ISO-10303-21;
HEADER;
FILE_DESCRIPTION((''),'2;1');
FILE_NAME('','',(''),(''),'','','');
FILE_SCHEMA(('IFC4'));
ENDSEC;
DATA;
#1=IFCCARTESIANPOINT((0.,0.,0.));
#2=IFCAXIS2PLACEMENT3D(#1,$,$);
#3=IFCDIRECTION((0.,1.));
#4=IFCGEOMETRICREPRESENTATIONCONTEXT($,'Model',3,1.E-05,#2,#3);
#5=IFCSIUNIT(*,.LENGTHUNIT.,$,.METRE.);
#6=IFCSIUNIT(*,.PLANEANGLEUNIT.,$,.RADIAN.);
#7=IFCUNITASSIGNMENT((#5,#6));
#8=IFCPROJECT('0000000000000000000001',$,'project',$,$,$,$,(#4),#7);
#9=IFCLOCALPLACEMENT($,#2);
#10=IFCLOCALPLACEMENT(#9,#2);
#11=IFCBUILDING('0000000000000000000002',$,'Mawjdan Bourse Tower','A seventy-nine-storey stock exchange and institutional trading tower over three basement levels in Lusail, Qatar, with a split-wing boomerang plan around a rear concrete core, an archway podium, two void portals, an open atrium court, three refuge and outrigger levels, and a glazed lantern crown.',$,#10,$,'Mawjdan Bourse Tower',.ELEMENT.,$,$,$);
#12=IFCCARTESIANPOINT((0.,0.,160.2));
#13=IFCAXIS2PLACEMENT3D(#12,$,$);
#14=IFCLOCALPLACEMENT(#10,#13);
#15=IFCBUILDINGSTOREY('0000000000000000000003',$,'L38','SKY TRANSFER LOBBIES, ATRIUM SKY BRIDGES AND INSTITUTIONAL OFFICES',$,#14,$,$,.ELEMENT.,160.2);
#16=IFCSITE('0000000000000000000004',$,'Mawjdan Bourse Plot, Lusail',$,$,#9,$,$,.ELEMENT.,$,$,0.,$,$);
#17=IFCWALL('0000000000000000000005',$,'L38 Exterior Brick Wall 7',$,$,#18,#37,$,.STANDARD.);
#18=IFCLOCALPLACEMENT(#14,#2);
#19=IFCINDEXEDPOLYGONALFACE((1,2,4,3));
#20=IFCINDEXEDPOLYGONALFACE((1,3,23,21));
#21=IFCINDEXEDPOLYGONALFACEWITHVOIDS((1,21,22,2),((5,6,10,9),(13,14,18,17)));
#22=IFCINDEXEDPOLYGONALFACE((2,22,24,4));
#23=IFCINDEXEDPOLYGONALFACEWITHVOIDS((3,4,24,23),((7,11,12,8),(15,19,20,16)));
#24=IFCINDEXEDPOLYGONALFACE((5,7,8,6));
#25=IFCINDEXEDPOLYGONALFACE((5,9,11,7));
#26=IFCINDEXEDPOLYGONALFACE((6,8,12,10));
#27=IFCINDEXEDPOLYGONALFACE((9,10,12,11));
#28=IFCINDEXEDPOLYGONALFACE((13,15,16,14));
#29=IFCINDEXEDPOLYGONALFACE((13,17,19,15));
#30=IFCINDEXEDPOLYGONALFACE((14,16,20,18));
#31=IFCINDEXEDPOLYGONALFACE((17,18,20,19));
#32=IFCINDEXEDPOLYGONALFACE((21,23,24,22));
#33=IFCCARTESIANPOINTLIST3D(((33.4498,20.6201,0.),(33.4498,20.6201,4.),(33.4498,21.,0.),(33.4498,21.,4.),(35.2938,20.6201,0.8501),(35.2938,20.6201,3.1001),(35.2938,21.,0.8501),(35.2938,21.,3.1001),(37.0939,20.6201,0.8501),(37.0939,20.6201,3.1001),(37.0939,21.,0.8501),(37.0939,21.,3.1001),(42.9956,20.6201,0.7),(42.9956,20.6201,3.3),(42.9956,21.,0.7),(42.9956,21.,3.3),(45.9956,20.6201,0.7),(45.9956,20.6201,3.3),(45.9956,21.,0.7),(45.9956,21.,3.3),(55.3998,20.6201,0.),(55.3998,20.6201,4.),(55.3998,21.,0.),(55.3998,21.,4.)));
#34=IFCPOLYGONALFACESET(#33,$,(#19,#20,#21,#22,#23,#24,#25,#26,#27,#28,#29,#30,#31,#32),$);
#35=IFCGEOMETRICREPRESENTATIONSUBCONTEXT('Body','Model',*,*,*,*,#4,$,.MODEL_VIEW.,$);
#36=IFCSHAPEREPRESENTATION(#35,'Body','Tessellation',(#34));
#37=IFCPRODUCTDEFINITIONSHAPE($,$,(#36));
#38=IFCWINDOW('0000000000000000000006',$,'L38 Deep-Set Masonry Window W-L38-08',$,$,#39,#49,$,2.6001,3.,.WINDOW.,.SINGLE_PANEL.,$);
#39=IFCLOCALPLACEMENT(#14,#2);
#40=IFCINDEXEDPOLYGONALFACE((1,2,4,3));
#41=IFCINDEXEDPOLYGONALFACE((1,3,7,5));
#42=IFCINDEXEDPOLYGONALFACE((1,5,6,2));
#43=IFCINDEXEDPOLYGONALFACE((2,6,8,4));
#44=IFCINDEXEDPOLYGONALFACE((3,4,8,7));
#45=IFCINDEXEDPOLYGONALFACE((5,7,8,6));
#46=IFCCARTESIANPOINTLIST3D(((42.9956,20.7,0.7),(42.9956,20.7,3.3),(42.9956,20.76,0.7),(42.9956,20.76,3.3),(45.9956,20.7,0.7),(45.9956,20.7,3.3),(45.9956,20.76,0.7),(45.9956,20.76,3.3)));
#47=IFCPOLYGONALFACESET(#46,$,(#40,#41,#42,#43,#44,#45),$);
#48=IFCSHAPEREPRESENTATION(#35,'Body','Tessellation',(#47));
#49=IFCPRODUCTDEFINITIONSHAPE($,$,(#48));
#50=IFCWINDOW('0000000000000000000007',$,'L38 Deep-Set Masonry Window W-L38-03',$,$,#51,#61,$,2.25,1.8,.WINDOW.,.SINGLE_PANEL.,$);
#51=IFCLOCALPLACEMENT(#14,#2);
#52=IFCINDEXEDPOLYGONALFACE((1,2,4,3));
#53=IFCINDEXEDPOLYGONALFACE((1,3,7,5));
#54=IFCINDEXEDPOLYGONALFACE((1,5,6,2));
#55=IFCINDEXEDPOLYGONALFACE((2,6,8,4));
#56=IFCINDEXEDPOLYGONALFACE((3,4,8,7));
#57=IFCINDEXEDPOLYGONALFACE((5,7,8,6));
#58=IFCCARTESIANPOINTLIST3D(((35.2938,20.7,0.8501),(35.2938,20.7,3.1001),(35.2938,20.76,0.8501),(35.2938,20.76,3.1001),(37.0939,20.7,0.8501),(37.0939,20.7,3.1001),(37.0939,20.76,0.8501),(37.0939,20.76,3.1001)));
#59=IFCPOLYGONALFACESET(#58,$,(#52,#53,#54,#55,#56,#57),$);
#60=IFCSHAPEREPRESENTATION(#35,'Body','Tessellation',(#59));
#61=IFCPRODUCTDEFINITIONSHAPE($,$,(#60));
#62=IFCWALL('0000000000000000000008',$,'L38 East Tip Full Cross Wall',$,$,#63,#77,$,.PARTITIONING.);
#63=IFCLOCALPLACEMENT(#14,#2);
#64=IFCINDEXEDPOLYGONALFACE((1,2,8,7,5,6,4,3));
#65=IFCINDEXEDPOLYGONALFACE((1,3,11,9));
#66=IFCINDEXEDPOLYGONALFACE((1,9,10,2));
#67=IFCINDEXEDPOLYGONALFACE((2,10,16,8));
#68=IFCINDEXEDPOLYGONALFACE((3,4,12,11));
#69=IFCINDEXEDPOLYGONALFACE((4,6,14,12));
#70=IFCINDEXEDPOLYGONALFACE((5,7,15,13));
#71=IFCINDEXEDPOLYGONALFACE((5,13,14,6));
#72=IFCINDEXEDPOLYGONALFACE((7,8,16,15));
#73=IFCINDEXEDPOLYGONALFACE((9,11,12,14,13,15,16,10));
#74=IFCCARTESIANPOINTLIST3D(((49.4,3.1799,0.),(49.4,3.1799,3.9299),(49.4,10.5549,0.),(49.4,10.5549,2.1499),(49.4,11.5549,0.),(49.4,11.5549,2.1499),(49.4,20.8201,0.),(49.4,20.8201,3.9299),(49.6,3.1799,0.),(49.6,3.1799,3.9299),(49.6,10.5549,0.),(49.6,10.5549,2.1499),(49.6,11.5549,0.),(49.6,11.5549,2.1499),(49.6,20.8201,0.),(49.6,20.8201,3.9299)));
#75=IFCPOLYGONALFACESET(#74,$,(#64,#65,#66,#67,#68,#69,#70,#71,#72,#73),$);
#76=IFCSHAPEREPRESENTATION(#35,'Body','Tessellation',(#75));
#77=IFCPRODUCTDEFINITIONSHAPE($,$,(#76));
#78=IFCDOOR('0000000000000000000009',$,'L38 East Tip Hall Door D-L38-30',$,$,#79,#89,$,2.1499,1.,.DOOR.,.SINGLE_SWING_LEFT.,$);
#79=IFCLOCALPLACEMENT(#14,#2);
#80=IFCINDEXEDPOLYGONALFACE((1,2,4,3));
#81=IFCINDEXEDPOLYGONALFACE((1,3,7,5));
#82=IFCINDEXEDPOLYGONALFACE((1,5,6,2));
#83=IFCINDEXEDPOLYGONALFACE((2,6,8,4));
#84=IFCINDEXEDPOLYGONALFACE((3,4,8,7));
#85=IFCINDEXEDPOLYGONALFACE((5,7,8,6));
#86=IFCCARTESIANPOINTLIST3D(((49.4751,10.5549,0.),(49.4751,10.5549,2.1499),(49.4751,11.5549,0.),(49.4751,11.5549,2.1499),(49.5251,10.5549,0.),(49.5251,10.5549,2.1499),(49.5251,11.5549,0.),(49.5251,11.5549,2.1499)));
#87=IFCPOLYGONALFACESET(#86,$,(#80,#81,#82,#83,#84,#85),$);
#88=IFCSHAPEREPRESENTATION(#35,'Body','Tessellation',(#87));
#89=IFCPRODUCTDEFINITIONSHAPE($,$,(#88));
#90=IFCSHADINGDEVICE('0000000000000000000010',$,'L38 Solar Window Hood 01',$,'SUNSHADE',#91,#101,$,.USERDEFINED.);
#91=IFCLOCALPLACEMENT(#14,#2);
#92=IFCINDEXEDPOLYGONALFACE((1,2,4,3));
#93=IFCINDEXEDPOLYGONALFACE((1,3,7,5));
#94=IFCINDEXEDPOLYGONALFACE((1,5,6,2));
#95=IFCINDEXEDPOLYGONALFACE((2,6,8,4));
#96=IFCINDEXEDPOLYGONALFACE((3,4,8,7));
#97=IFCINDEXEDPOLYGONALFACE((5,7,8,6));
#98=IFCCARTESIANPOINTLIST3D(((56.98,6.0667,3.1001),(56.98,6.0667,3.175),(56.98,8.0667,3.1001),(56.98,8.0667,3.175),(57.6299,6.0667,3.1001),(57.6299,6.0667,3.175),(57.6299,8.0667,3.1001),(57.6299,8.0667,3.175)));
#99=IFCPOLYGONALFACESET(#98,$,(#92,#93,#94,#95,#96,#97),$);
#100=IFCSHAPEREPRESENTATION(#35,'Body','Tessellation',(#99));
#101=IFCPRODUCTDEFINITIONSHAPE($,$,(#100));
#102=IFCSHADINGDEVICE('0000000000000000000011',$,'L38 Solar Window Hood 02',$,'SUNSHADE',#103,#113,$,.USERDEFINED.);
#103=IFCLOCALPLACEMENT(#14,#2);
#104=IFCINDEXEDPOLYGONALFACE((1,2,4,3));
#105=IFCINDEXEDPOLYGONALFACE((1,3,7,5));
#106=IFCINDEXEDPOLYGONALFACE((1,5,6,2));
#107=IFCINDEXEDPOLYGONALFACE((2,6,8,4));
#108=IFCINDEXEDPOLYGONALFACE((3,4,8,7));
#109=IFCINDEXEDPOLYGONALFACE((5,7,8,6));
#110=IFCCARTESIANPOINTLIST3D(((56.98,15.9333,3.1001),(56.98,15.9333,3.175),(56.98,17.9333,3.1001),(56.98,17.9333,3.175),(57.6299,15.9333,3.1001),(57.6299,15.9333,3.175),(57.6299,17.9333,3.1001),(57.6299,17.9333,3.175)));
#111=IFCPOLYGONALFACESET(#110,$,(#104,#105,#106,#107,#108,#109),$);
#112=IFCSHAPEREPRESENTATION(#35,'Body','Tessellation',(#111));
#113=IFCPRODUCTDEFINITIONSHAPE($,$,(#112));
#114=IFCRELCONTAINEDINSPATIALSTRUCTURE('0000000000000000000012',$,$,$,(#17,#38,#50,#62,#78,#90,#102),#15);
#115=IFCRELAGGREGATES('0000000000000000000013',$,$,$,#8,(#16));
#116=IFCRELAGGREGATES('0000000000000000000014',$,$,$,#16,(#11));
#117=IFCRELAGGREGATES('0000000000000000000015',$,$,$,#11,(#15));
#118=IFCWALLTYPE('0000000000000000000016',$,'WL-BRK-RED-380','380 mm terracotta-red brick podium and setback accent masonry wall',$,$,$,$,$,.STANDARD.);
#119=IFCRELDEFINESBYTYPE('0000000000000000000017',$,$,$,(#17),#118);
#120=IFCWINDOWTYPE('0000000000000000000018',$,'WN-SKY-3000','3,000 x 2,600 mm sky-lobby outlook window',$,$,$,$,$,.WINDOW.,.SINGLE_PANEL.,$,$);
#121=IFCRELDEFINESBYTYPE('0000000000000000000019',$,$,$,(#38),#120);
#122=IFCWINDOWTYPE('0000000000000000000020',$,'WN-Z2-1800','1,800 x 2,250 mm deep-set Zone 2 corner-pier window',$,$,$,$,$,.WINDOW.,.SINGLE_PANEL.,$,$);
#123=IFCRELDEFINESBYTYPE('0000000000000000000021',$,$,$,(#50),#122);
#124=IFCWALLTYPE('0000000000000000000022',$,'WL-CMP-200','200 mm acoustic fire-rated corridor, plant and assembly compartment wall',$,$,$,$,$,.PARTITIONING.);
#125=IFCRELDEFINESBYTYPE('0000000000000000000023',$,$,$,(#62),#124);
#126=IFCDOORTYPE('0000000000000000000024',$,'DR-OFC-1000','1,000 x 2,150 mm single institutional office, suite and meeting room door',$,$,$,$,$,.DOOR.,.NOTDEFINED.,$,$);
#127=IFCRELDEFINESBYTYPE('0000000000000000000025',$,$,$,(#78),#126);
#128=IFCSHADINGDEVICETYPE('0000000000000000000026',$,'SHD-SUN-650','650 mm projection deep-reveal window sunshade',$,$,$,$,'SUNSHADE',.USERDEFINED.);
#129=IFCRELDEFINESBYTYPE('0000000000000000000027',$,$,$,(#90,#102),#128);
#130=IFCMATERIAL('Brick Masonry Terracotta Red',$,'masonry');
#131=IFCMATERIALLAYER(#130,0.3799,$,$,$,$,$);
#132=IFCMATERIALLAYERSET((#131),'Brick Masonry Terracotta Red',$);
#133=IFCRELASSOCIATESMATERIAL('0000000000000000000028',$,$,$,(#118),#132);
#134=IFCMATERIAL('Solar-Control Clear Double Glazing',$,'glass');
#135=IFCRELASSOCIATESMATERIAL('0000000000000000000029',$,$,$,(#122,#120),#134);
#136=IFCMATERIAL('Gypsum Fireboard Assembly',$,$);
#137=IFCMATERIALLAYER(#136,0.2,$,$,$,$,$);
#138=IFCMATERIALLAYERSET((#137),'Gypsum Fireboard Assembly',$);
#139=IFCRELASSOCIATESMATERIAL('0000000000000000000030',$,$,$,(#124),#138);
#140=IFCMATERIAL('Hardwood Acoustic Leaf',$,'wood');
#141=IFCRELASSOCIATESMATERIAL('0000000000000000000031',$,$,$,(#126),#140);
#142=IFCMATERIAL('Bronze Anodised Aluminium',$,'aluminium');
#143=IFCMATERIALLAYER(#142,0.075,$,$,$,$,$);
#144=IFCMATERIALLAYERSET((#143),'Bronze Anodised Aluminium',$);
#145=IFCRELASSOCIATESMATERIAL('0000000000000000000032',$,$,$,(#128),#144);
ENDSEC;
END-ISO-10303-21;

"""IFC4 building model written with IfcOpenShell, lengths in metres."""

from ifc_helpers import new_model, si_unit, direction, frame, frame_2d, origin, origin_2d, place, context, subcontext, project, spatial, rectangle, extrude, material, layer, layer_set, type_object, element, fill, save


model = new_model("IFC4")

# Units and contexts
model_context = context("Model", 3, precision=1e-05, world=origin(), true_north=direction((0.0, 1.0)))
body_context = subcontext(model_context, "Body", "Model", "MODEL_VIEW")
ifc_project = project(units=[si_unit("LENGTHUNIT", "METRE"), si_unit("PLANEANGLEUNIT", "RADIAN")], contexts=[model_context])

# Site, building, storey
site_placement = place(None, origin())
site = spatial("IfcSite", under=ifc_project, at=site_placement, Name="Mawjdan Bourse Plot, Lusail", CompositionType="ELEMENT", RefElevation=0.0)
building_placement = place(site_placement, origin())
building = spatial("IfcBuilding", under=site, at=building_placement, Name="Mawjdan Bourse Tower", Description="A seventy-nine-storey stock exchange and institutional trading tower over three basement levels in Lusail, Qatar, with a split-wing boomerang plan around a rear concrete core, an archway podium, two void portals, an open atrium court, three refuge and outrigger levels, and a glazed lantern crown.", LongName="Mawjdan Bourse Tower", CompositionType="ELEMENT")
storey_placement = place(building_placement, frame((0.0, 0.0, 160.2)))
storey = spatial("IfcBuildingStorey", under=building, at=storey_placement, Name="L38", Description="SKY TRANSFER LOBBIES, ATRIUM SKY BRIDGES AND INSTITUTIONAL OFFICES", CompositionType="ELEMENT", Elevation=160.2)

# Shared definitions
ifc_material_1 = material(Name="Brick Masonry Terracotta Red", Category="masonry")
ifc_layer_1 = layer(ifc_material_1, 0.3799)
ifc_layer_set_1 = layer_set([ifc_layer_1], Name="Brick Masonry Terracotta Red")
wall_type_1 = type_object("IfcWallType", Name="WL-BRK-RED-380", Description="380 mm terracotta-red brick podium and setback accent masonry wall", PredefinedType="STANDARD", material=ifc_layer_set_1)

# Shared definitions
ifc_material_2 = material(Name="Solar-Control Clear Double Glazing", Category="glass")
window_type_1 = type_object("IfcWindowType", Name="WN-Z2-1800", Description="1,800 x 2,250 mm deep-set Zone 2 corner-pier window", PartitioningType="SINGLE_PANEL", PredefinedType="WINDOW", material=ifc_material_2)

# Wall, openings, windows
wall_1_placement = place(storey_placement, frame((55.3999, 20.8101, 0.0), z_axis=(0.0, 0.0, 1.0), x_axis=(-1.0, 0.0, 0.0)))
wall_1 = element("IfcWall", 1, at=wall_1_placement, inside=storey, type_object=wall_type_1, Name="L38 Exterior Brick Wall 7", PredefinedType="STANDARD", context=body_context, shape_type="SweptSolid", body=[
    extrude(rectangle(XDim=21.95, YDim=0.3799, at=frame_2d((10.9751, 0.0))), origin(), (0.0, 0.0, 1.0), 4.0),
])
opening_1_placement = place(wall_1_placement, frame((18.3062, 0.0, 0.8501)))
opening_1 = element("IfcOpeningElement", 2, at=opening_1_placement, cuts=wall_1, PredefinedType="OPENING", context=body_context, shape_type="SweptSolid", body=[
    extrude(rectangle(XDim=1.8, YDim=2.25, at=frame_2d((0.8999, 1.125))), frame((0.0, 0.2, 0.0), z_axis=(0.0, -1.0, 0.0), x_axis=(1.0, 0.0, 0.0)), (0.0, 0.0, 1.0), 0.3999),
])
opening_2_placement = place(wall_1_placement, frame((9.4043, 0.0, 0.7)))
opening_2 = element("IfcOpeningElement", 3, at=opening_2_placement, cuts=wall_1, PredefinedType="OPENING", context=body_context, shape_type="SweptSolid", body=[
    extrude(rectangle(XDim=3.0, YDim=2.6001, at=frame_2d((1.5, 1.3))), frame((0.0, 0.2, 0.0), z_axis=(0.0, -1.0, 0.0), x_axis=(1.0, 0.0, 0.0)), (0.0, 0.0, 1.0), 0.3999),
])
window_type_2 = type_object("IfcWindowType", Name="WN-SKY-3000", Description="3,000 x 2,600 mm sky-lobby outlook window", PartitioningType="SINGLE_PANEL", PredefinedType="WINDOW", material=ifc_material_2)
window_1_placement = place(opening_2_placement, origin())
window_1 = element("IfcWindow", 4, at=window_1_placement, inside=storey, type_object=window_type_2, Name="L38 Deep-Set Masonry Window W-L38-08", OverallHeight=2.6001, OverallWidth=3.0, PartitioningType="SINGLE_PANEL", PredefinedType="WINDOW", context=body_context, shape_type="SweptSolid", body=[
    extrude(rectangle(XDim=3.0, YDim=2.6001, at=frame_2d((1.5, 1.3))), frame((0.0, 0.1101, 0.0), z_axis=(0.0, -1.0, 0.0), x_axis=(1.0, 0.0, 0.0)), (0.0, 0.0, 1.0), 0.0601),
])
fill(opening_2, window_1)
window_2_placement = place(opening_1_placement, origin())
window_2 = element("IfcWindow", 5, at=window_2_placement, inside=storey, type_object=window_type_1, Name="L38 Deep-Set Masonry Window W-L38-03", OverallHeight=2.25, OverallWidth=1.8, PartitioningType="SINGLE_PANEL", PredefinedType="WINDOW", context=body_context, shape_type="SweptSolid", body=[
    extrude(rectangle(XDim=1.8, YDim=2.25, at=frame_2d((0.8999, 1.125))), frame((0.0, 0.1101, 0.0), z_axis=(0.0, -1.0, 0.0), x_axis=(1.0, 0.0, 0.0)), (0.0, 0.0, 1.0), 0.0601),
])
fill(opening_1, window_2)

# Wall, opening, door
ifc_material_3 = material(Name="Gypsum Fireboard Assembly")
ifc_layer_2 = layer(ifc_material_3, 0.2)
ifc_layer_set_2 = layer_set([ifc_layer_2], Name="Gypsum Fireboard Assembly")
wall_type_2 = type_object("IfcWallType", Name="WL-CMP-200", Description="200 mm acoustic fire-rated corridor, plant and assembly compartment wall", PredefinedType="PARTITIONING", material=ifc_layer_set_2)
wall_2_placement = place(storey_placement, frame((49.5, 3.1799, 0.0), z_axis=(0.0, 0.0, 1.0), x_axis=(0.0, 1.0, 0.0)))
wall_2 = element("IfcWall", 6, at=wall_2_placement, inside=storey, type_object=wall_type_2, Name="L38 East Tip Full Cross Wall", PredefinedType="PARTITIONING", context=body_context, shape_type="SweptSolid", body=[
    extrude(rectangle(XDim=17.6401, YDim=0.2, at=frame_2d((8.8201, 0.0))), origin(), (0.0, 0.0, 1.0), 3.9299),
])
opening_3_placement = place(wall_2_placement, frame((7.375, 0.0, 0.0)))
opening_3 = element("IfcOpeningElement", 7, at=opening_3_placement, cuts=wall_2, PredefinedType="OPENING", context=body_context, shape_type="SweptSolid", body=[
    extrude(rectangle(XDim=1.0, YDim=2.1499, at=frame_2d((0.5, 1.075))), frame((0.0, 0.1099, 0.0), z_axis=(0.0, -1.0, 0.0), x_axis=(1.0, 0.0, 0.0)), (0.0, 0.0, 1.0), 0.22),
])
ifc_material_4 = material(Name="Hardwood Acoustic Leaf", Category="wood")
door_type = type_object("IfcDoorType", Name="DR-OFC-1000", Description="1,000 x 2,150 mm single institutional office, suite and meeting room door", OperationType="NOTDEFINED", PredefinedType="DOOR", material=ifc_material_4)
door_placement = place(opening_3_placement, origin())
door = element("IfcDoor", 8, at=door_placement, inside=storey, type_object=door_type, Name="L38 East Tip Hall Door D-L38-30", OperationType="SINGLE_SWING_LEFT", OverallHeight=2.1499, OverallWidth=1.0, PredefinedType="DOOR", context=body_context, shape_type="SweptSolid", body=[
    extrude(rectangle(XDim=1.0, YDim=2.1499, at=frame_2d((0.5, 1.075))), frame((0.0, 0.0249, 0.0), z_axis=(0.0, -1.0, 0.0), x_axis=(1.0, 0.0, 0.0)), (0.0, 0.0, 1.0), 0.05),
])
fill(opening_3, door)

# Shading devices
ifc_material_5 = material(Name="Bronze Anodised Aluminium", Category="aluminium")
ifc_layer_3 = layer(ifc_material_5, 0.075)
ifc_layer_set_3 = layer_set([ifc_layer_3], Name="Bronze Anodised Aluminium")
shading_device_type = type_object("IfcShadingDeviceType", Name="SHD-SUN-650", Description="650 mm projection deep-reveal window sunshade", ElementType="SUNSHADE", PredefinedType="USERDEFINED", material=ifc_layer_set_3)
for number, where, z_axis, x_axis, name in (
    (9, (57.3049, 7.0667, 3.1001), (0.0, 0.0, 1.0), (0.0, 1.0, 0.0), "L38 Solar Window Hood 01"),
    (10, (57.3049, 16.9333, 3.1001), (0.0, 0.0, 1.0), (0.0, 1.0, 0.0), "L38 Solar Window Hood 02"),
):
    element("IfcShadingDevice", number, at=place(storey_placement, frame(where, z_axis=z_axis, x_axis=x_axis)), inside=storey, type_object=shading_device_type, Name=name, ObjectType="SUNSHADE", PredefinedType="USERDEFINED", context=body_context, shape_type="SweptSolid", body=[
        extrude(rectangle(XDim=2.0, YDim=0.6499, at=origin_2d()), origin(), (0.0, 0.0, 1.0), 0.075),
    ])

save(model, "model.ifc")
